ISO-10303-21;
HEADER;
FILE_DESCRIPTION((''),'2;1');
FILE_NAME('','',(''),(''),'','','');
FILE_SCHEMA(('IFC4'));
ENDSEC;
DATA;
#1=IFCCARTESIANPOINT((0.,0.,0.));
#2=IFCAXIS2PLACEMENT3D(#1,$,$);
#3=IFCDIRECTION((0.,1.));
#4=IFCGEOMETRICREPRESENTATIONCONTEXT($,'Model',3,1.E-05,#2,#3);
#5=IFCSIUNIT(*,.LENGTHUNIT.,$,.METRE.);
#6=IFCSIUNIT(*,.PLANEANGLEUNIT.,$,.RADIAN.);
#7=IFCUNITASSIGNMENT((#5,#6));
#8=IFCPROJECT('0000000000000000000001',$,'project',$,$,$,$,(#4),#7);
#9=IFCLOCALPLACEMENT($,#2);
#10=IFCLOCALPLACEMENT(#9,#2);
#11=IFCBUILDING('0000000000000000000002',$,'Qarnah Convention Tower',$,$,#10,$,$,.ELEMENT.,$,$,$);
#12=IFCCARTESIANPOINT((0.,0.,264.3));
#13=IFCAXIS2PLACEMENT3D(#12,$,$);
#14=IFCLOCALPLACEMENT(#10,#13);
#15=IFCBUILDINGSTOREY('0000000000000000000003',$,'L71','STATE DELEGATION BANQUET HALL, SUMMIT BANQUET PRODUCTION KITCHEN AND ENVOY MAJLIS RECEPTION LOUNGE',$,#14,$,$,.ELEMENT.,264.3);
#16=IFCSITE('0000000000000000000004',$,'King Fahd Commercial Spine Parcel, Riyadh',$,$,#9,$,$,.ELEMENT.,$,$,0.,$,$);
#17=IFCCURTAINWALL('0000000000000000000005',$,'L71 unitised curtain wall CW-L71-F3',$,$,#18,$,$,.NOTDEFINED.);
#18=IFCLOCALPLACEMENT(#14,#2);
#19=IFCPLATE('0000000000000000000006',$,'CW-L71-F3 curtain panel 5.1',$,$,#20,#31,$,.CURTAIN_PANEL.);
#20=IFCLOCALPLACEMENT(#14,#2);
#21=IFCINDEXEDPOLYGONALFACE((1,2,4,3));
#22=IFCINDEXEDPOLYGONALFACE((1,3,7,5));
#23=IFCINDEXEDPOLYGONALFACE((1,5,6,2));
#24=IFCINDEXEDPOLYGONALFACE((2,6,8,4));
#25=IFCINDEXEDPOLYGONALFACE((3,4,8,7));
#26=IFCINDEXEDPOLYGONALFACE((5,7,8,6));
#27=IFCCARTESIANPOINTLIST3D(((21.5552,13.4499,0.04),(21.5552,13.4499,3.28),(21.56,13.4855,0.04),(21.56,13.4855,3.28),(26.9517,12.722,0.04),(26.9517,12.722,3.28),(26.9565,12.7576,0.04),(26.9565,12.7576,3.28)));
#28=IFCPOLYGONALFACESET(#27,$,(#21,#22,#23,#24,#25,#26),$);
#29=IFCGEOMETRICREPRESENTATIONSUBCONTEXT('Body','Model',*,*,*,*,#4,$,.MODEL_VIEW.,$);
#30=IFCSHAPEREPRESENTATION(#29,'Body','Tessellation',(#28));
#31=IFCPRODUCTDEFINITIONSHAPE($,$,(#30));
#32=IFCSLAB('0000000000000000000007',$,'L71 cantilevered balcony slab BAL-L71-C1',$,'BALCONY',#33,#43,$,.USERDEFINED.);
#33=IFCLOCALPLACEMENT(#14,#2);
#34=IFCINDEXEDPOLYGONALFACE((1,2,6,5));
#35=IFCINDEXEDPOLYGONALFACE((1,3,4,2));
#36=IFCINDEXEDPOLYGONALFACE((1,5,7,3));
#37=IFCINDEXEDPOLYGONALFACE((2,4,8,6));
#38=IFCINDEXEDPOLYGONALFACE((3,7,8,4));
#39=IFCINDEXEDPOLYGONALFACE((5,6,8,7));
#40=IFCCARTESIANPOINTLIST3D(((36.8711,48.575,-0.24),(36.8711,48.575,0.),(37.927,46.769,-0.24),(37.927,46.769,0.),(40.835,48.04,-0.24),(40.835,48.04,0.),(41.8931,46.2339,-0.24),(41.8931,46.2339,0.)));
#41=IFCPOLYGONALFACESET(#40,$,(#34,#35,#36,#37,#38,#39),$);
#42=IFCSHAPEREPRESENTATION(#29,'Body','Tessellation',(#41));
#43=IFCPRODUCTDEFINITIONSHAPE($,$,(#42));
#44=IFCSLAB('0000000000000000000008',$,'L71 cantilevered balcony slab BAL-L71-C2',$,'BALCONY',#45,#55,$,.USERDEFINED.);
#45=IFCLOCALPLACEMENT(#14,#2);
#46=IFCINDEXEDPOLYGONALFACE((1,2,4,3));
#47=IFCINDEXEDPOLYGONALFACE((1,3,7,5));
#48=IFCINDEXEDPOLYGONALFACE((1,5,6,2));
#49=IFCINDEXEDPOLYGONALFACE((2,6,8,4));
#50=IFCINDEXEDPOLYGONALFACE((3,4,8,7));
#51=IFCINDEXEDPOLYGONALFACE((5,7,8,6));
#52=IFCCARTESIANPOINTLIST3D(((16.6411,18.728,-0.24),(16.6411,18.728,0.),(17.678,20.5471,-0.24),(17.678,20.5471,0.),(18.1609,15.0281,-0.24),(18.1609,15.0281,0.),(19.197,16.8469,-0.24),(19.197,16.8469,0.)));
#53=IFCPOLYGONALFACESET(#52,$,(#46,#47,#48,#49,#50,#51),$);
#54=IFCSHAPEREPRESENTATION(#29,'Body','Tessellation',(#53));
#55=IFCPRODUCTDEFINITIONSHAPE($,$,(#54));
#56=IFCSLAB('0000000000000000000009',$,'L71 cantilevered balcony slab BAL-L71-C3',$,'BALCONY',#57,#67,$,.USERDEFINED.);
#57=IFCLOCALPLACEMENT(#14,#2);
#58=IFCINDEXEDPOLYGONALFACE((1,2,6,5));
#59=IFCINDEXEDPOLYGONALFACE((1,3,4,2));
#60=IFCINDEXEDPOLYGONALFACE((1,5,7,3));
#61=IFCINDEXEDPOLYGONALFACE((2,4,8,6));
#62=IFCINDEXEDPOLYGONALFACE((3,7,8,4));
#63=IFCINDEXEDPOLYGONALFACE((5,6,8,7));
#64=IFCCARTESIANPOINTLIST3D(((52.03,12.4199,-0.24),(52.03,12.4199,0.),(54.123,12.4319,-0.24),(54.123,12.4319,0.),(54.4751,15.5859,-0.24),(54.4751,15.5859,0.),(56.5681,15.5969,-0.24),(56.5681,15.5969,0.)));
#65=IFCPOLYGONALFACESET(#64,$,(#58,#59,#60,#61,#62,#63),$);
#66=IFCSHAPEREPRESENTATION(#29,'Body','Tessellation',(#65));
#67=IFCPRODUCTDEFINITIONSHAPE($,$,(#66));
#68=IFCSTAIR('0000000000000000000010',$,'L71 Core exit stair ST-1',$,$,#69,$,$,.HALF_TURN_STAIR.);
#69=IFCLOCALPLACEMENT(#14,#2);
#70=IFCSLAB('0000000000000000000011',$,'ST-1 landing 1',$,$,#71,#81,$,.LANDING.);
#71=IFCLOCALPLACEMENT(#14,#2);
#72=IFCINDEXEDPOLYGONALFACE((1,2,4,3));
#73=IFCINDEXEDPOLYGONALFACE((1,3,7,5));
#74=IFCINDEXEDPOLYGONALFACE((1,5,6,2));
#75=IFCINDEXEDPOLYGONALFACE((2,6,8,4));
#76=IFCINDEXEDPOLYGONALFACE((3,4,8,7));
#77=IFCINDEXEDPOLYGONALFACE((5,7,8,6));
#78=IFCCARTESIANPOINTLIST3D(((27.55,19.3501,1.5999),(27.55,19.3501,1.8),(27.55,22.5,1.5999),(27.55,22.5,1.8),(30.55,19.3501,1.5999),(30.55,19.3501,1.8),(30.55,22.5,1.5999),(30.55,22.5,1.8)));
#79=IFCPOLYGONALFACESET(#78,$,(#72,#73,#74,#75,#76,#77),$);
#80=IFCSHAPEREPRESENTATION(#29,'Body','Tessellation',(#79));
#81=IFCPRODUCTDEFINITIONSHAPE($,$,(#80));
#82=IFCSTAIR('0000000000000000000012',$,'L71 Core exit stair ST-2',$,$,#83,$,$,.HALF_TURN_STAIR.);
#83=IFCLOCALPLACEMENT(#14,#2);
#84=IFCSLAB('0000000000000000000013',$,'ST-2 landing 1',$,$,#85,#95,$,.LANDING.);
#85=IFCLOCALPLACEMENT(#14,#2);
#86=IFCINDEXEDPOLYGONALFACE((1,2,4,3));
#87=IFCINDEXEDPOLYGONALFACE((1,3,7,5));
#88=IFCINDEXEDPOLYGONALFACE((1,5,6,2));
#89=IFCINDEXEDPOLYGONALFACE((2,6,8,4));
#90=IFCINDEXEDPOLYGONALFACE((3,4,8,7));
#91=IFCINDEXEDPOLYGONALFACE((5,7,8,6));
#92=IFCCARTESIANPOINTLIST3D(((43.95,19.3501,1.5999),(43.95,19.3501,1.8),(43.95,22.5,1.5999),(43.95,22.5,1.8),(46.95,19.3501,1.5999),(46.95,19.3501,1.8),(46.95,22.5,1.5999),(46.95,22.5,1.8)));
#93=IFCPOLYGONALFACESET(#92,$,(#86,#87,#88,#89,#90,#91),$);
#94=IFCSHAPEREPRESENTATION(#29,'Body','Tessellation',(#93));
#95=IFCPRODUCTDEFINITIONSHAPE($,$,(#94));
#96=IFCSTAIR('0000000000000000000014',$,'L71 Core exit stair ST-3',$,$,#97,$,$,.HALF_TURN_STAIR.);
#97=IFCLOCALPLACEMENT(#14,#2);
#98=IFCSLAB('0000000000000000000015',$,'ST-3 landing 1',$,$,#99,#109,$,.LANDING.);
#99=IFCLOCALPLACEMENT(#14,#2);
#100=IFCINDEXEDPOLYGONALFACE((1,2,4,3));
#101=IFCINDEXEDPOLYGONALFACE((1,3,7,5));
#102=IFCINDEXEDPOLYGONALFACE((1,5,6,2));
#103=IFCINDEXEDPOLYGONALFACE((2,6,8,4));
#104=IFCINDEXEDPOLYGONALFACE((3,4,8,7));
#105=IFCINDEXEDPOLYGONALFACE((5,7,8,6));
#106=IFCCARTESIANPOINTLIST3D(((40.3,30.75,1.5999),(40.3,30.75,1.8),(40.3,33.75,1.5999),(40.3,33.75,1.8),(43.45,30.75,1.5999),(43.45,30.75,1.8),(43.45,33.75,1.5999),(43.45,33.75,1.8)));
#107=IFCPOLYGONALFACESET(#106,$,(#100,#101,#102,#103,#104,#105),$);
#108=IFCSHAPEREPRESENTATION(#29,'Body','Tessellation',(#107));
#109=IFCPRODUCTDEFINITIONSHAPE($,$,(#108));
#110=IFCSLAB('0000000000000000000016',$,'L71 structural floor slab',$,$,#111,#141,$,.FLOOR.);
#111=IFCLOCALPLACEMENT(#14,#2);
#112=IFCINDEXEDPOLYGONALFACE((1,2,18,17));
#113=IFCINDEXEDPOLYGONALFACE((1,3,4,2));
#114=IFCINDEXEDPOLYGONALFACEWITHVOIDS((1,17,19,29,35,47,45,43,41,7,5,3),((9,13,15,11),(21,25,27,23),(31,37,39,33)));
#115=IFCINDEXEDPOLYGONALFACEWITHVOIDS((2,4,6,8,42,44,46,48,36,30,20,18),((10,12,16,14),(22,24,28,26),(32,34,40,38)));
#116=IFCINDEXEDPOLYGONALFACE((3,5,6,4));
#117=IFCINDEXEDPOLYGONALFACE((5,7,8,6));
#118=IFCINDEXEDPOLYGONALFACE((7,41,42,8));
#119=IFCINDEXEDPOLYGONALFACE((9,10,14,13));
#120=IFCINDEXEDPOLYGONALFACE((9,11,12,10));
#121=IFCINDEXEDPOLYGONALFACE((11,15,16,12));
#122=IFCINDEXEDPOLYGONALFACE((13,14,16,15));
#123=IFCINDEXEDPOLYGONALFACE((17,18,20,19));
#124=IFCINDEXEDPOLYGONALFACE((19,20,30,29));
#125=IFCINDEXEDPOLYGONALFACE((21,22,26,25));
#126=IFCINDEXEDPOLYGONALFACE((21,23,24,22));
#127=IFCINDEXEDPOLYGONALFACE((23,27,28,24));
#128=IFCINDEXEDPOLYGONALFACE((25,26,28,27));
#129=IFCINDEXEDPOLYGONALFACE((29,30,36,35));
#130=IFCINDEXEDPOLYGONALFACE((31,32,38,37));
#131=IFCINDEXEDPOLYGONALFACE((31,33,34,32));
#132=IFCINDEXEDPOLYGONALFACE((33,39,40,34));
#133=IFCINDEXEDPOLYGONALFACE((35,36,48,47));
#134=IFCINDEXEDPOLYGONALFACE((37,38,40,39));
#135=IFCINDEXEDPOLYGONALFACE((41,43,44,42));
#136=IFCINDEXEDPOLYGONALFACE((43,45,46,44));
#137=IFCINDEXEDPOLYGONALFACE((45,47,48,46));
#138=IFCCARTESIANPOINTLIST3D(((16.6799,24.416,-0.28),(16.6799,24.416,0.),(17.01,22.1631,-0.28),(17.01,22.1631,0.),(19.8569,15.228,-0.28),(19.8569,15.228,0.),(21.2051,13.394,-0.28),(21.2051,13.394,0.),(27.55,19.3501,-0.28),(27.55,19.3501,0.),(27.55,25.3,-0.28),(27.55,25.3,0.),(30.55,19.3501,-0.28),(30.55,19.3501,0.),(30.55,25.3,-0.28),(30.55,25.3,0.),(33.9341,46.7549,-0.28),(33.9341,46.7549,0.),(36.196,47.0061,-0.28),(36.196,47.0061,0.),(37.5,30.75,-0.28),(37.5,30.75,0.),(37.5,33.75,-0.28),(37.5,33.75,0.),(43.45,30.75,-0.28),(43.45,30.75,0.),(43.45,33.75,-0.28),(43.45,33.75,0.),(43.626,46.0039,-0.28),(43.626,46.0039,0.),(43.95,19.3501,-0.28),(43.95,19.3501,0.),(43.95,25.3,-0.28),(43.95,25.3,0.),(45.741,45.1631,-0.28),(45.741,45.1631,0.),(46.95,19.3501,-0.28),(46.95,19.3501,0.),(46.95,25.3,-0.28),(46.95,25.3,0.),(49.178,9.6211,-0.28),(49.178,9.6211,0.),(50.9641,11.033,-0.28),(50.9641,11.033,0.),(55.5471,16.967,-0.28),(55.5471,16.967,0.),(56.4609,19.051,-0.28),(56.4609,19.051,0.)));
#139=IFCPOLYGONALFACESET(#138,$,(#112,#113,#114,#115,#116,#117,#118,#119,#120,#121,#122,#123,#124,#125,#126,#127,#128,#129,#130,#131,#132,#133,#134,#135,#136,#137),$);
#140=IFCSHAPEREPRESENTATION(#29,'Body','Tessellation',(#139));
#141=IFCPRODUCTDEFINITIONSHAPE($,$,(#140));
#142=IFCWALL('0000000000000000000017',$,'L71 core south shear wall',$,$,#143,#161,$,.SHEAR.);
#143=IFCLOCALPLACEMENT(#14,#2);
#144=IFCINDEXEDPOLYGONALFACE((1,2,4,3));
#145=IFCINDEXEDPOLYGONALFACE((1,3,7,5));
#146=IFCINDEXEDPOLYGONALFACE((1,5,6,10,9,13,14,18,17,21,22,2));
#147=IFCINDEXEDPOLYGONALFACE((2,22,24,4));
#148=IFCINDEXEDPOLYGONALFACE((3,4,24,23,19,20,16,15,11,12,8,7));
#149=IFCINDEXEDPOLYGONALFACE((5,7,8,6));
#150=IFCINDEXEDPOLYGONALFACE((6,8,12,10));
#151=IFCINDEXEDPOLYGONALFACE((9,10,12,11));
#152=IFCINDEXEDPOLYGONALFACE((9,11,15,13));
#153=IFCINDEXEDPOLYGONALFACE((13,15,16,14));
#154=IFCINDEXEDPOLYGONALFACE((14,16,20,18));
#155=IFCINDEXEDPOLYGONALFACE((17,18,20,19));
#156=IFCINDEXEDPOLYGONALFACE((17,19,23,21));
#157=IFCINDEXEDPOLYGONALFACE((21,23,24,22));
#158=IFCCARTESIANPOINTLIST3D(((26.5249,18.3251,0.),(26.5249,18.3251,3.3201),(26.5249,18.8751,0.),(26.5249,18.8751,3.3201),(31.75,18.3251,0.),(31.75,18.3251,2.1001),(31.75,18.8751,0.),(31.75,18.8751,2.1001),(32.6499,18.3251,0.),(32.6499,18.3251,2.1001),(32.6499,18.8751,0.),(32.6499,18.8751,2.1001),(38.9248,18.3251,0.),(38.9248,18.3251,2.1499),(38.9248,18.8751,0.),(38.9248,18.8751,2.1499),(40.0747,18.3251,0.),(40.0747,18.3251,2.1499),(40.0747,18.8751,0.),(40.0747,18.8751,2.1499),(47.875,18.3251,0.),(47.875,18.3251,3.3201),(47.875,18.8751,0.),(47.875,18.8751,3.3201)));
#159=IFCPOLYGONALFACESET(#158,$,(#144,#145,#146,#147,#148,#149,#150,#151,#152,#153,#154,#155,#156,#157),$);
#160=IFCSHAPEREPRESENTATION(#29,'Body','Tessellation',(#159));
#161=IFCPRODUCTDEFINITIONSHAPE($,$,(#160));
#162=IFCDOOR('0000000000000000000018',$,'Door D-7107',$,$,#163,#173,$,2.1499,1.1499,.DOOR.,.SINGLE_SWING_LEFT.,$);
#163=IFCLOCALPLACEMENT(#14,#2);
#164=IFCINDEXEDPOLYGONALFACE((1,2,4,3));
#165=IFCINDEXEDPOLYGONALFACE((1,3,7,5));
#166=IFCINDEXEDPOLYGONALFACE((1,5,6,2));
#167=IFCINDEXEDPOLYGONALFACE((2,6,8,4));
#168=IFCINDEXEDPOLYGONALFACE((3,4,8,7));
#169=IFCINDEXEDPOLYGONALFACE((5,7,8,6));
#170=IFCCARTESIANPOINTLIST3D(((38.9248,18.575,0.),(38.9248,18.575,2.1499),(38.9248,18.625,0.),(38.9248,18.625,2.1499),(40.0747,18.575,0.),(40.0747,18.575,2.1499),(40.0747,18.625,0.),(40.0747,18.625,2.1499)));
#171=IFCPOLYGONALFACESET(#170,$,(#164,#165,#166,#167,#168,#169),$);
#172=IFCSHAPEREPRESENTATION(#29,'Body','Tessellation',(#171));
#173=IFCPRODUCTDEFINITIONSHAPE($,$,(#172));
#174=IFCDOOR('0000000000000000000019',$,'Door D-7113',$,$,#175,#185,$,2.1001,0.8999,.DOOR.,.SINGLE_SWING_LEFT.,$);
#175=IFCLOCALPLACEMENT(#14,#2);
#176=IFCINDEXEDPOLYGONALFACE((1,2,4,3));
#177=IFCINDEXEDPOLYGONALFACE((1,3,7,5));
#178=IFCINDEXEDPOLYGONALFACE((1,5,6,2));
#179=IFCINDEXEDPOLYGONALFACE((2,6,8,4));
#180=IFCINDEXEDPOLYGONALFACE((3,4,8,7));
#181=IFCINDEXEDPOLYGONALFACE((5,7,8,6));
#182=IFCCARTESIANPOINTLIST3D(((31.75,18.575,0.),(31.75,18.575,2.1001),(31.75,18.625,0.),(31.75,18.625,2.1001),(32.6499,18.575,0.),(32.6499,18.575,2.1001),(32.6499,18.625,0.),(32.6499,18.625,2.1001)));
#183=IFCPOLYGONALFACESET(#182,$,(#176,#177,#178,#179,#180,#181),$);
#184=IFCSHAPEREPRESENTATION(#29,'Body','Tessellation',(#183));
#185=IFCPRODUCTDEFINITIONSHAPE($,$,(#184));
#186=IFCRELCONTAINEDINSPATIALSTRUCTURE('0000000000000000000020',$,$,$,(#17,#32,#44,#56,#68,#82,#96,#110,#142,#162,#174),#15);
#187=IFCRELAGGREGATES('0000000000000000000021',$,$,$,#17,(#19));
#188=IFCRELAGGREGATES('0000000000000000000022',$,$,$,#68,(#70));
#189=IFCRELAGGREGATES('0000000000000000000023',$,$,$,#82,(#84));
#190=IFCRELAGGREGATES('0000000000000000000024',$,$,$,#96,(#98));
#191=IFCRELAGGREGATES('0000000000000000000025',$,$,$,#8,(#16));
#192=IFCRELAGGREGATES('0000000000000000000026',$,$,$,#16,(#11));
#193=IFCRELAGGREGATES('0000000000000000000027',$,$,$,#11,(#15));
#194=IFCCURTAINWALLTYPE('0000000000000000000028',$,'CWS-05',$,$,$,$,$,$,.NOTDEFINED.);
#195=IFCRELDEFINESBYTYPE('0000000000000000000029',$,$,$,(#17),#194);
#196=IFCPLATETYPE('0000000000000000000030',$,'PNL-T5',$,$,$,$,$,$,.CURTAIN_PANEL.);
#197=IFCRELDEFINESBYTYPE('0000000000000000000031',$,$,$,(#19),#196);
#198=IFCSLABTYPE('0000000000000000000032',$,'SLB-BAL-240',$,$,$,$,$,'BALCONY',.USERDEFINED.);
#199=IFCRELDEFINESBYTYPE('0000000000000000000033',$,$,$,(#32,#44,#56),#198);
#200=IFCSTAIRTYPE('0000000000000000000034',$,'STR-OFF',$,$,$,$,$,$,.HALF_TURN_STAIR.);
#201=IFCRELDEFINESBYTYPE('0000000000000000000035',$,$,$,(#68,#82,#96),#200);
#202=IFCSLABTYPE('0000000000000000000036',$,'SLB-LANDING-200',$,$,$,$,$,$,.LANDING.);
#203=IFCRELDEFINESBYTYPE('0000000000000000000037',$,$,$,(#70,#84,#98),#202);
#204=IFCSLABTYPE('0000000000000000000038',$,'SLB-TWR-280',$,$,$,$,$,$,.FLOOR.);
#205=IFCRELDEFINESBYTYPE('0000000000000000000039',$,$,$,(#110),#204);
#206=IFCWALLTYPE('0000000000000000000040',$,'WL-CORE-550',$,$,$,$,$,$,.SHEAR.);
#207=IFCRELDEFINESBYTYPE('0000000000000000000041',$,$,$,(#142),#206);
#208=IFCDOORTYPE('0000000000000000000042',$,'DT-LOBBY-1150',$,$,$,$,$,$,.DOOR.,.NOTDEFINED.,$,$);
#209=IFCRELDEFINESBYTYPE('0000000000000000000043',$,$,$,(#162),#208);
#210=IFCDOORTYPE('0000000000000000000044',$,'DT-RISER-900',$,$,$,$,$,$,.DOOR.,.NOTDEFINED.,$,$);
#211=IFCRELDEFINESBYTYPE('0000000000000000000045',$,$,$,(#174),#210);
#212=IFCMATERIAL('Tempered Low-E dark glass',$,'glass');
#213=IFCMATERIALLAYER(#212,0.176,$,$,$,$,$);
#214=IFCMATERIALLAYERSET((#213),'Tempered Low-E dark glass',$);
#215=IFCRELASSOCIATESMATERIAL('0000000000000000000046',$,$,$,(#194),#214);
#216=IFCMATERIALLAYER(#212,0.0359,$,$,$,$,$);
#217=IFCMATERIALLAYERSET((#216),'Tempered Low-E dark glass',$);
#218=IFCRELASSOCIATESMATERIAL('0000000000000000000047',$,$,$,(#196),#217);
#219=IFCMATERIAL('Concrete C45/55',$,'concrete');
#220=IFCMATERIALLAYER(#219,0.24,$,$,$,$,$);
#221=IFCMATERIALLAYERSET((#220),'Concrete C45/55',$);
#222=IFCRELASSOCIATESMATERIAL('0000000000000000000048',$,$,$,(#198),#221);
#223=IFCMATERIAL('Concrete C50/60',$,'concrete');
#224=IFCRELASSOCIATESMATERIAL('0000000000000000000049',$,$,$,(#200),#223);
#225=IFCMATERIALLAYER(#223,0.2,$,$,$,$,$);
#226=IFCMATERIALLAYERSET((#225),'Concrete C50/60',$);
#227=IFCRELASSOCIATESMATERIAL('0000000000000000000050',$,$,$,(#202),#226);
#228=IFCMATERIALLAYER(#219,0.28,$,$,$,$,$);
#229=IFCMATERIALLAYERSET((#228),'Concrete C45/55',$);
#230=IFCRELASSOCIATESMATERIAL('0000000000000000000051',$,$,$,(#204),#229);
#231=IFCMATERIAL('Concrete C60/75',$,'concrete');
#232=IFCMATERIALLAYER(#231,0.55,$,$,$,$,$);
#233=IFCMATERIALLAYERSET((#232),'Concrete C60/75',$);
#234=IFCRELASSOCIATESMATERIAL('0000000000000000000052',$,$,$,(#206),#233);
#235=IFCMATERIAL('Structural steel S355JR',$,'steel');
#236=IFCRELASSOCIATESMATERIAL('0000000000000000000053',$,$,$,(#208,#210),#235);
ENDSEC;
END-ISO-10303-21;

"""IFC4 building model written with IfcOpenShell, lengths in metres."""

from ifc_helpers import new_model, si_unit, direction, frame, frame_2d, origin, origin_2d, place, context, subcontext, project, spatial, polyline, rectangle, outline, extrude, material, layer, layer_set, type_object, element, fill, aggregate, save


model = new_model("IFC4")

# Units and contexts
model_context = context("Model", 3, precision=1e-05, world=origin(), true_north=direction((0.0, 1.0)))
body_context = subcontext(model_context, "Body", "Model", "MODEL_VIEW")
ifc_project = project(units=[si_unit("LENGTHUNIT", "METRE"), si_unit("PLANEANGLEUNIT", "RADIAN")], contexts=[model_context])

# Site, building, storey
site_placement = place(None, origin())
site = spatial("IfcSite", under=ifc_project, at=site_placement, Name="King Fahd Commercial Spine Parcel, Riyadh", CompositionType="ELEMENT", RefElevation=0.0)
building_placement = place(site_placement, origin())
building = spatial("IfcBuilding", under=site, at=building_placement, Name="Qarnah Convention Tower", CompositionType="ELEMENT")
storey_placement = place(building_placement, frame((0.0, 0.0, 264.3)))
storey = spatial("IfcBuildingStorey", under=building, at=storey_placement, Name="L71", Description="STATE DELEGATION BANQUET HALL, SUMMIT BANQUET PRODUCTION KITCHEN AND ENVOY MAJLIS RECEPTION LOUNGE", CompositionType="ELEMENT", Elevation=264.3)

# Shared definitions
ifc_material_1 = material(Name="Concrete C50/60", Category="concrete")

# Shared definitions
ifc_material_2 = material(Name="Structural steel S355JR", Category="steel")

# Shared definitions
ifc_material_3 = material(Name="Tempered Low-E dark glass", Category="glass")
ifc_layer_1 = layer(ifc_material_3, 0.176)
ifc_layer_set_1 = layer_set([ifc_layer_1], Name="Tempered Low-E dark glass")
curtain_wall_type = type_object("IfcCurtainWallType", Name="CWS-05", PredefinedType="NOTDEFINED", material=ifc_layer_set_1)

# Curtain wall
curtain_wall_1_placement = place(storey_placement, origin())
curtain_wall_1 = element("IfcCurtainWall", 1, at=curtain_wall_1_placement, inside=storey, type_object=curtain_wall_type, Name="L71 unitised curtain wall CW-L71-F3", PredefinedType="NOTDEFINED")

# Plate
ifc_layer_2 = layer(ifc_material_3, 0.0359)
ifc_layer_set_2 = layer_set([ifc_layer_2], Name="Tempered Low-E dark glass")
plate_type = type_object("IfcPlateType", Name="PNL-T5", PredefinedType="CURTAIN_PANEL", material=ifc_layer_set_2)
plate_placement = place(storey_placement, frame((24.2559, 13.1038, 0.04), z_axis=(0.0, 0.0, 1.0), x_axis=(-0.991025, 0.133674, 0.0)))
plate = element("IfcPlate", 2, at=plate_placement, type_object=plate_type, Name="CW-L71-F3 curtain panel 5.1", PredefinedType="CURTAIN_PANEL", context=body_context, shape_type="SweptSolid", body=[
    extrude(rectangle(XDim=5.4453, YDim=0.0359, at=origin_2d()), origin(), (0.0, 0.0, 1.0), 3.24),
])
aggregate(curtain_wall_1, [plate])

# Slabs
ifc_material_4 = material(Name="Concrete C45/55", Category="concrete")
ifc_layer_3 = layer(ifc_material_4, 0.24)
ifc_layer_set_3 = layer_set([ifc_layer_3], Name="Concrete C45/55")
slab_type_1 = type_object("IfcSlabType", Name="SLB-BAL-240", ElementType="BALCONY", PredefinedType="USERDEFINED", material=ifc_layer_set_3)
slab_1_placement = place(storey_placement, frame((0.0, 0.0, -0.24)))
element("IfcSlab", 3, at=slab_1_placement, inside=storey, type_object=slab_type_1, Name="L71 cantilevered balcony slab BAL-L71-C1", ObjectType="BALCONY", PredefinedType="USERDEFINED", context=body_context, shape_type="SweptSolid", body=[
    extrude(outline(polyline([(36.8711, 48.575), (40.835, 48.04), (41.8931, 46.2339), (37.927, 46.769), (36.8711, 48.575)])), origin(), (0.0, 0.0, 1.0), 0.24),
])
slab_2_placement = place(storey_placement, frame((0.0, 0.0, -0.24)))
element("IfcSlab", 4, at=slab_2_placement, inside=storey, type_object=slab_type_1, Name="L71 cantilevered balcony slab BAL-L71-C2", ObjectType="BALCONY", PredefinedType="USERDEFINED", context=body_context, shape_type="SweptSolid", body=[
    extrude(outline(polyline([(18.1609, 15.0281), (16.6411, 18.728), (17.678, 20.5471), (19.197, 16.8469), (18.1609, 15.0281)])), origin(), (0.0, 0.0, 1.0), 0.24),
])
slab_3_placement = place(storey_placement, frame((0.0, 0.0, -0.24)))
element("IfcSlab", 5, at=slab_3_placement, inside=storey, type_object=slab_type_1, Name="L71 cantilevered balcony slab BAL-L71-C3", ObjectType="BALCONY", PredefinedType="USERDEFINED", context=body_context, shape_type="SweptSolid", body=[
    extrude(outline(polyline([(56.5681, 15.5969), (54.123, 12.4319), (52.03, 12.4199), (54.4751, 15.5859), (56.5681, 15.5969)])), origin(), (0.0, 0.0, 1.0), 0.24),
])

# Stairs, slabs
stair_type = type_object("IfcStairType", Name="STR-OFF", PredefinedType="HALF_TURN_STAIR", material=ifc_material_1)
stair_1_placement = place(storey_placement, origin())
stair_1 = element("IfcStair", 6, at=stair_1_placement, inside=storey, type_object=stair_type, Name="L71 Core exit stair ST-1", PredefinedType="HALF_TURN_STAIR")
ifc_layer_4 = layer(ifc_material_1, 0.2)
ifc_layer_set_4 = layer_set([ifc_layer_4], Name="Concrete C50/60")
slab_type_2 = type_object("IfcSlabType", Name="SLB-LANDING-200", PredefinedType="LANDING", material=ifc_layer_set_4)
slab_4_placement = place(storey_placement, frame((0.0, 0.0, 1.5999)))
slab_4 = element("IfcSlab", 7, at=slab_4_placement, type_object=slab_type_2, Name="ST-1 landing 1", PredefinedType="LANDING", context=body_context, shape_type="SweptSolid", body=[
    extrude(outline(polyline([(27.55, 22.5), (27.55, 19.3501), (30.55, 19.3501), (30.55, 22.5), (27.55, 22.5)])), origin(), (0.0, 0.0, 1.0), 0.2002),
])
aggregate(stair_1, [slab_4])
stair_2_placement = place(storey_placement, origin())
stair_2 = element("IfcStair", 8, at=stair_2_placement, inside=storey, type_object=stair_type, Name="L71 Core exit stair ST-2", PredefinedType="HALF_TURN_STAIR")
slab_5_placement = place(storey_placement, frame((0.0, 0.0, 1.5999)))
slab_5 = element("IfcSlab", 9, at=slab_5_placement, type_object=slab_type_2, Name="ST-2 landing 1", PredefinedType="LANDING", context=body_context, shape_type="SweptSolid", body=[
    extrude(outline(polyline([(43.95, 22.5), (43.95, 19.3501), (46.95, 19.3501), (46.95, 22.5), (43.95, 22.5)])), origin(), (0.0, 0.0, 1.0), 0.2002),
])
aggregate(stair_2, [slab_5])
stair_3_placement = place(storey_placement, origin())
stair_3 = element("IfcStair", 10, at=stair_3_placement, inside=storey, type_object=stair_type, Name="L71 Core exit stair ST-3", PredefinedType="HALF_TURN_STAIR")
slab_6_placement = place(storey_placement, frame((0.0, 0.0, 1.5999)))
slab_6 = element("IfcSlab", 11, at=slab_6_placement, type_object=slab_type_2, Name="ST-3 landing 1", PredefinedType="LANDING", context=body_context, shape_type="SweptSolid", body=[
    extrude(outline(polyline([(40.3, 30.75), (43.45, 30.75), (43.45, 33.75), (40.3, 33.75), (40.3, 30.75)])), origin(), (0.0, 0.0, 1.0), 0.2002),
])
aggregate(stair_3, [slab_6])

# Slab
ifc_layer_5 = layer(ifc_material_4, 0.28)
ifc_layer_set_5 = layer_set([ifc_layer_5], Name="Concrete C45/55")
slab_type_3 = type_object("IfcSlabType", Name="SLB-TWR-280", PredefinedType="FLOOR", material=ifc_layer_set_5)
slab_7_placement = place(storey_placement, frame((0.0, 0.0, -0.28)))
element("IfcSlab", 12, at=slab_7_placement, inside=storey, type_object=slab_type_3, Name="L71 structural floor slab", PredefinedType="FLOOR", context=body_context, shape_type="SweptSolid", body=[
    extrude(outline(polyline([(33.9341, 46.7549), (16.6799, 24.416), (17.01, 22.1631), (19.8569, 15.228), (21.2051, 13.394), (49.178, 9.6211), (50.9641, 11.033), (55.5471, 16.967), (56.4609, 19.051), (45.741, 45.1631), (43.626, 46.0039), (36.196, 47.0061), (33.9341, 46.7549)]), holes=[polyline([(27.55, 25.3), (27.55, 19.3501), (30.55, 19.3501), (30.55, 25.3), (27.55, 25.3)]), polyline([(43.95, 25.3), (43.95, 19.3501), (46.95, 19.3501), (46.95, 25.3), (43.95, 25.3)]), polyline([(37.5, 30.75), (43.45, 30.75), (43.45, 33.75), (37.5, 33.75), (37.5, 30.75)])]), origin(), (0.0, 0.0, 1.0), 0.28),
])

# Wall, openings, doors
ifc_material_5 = material(Name="Concrete C60/75", Category="concrete")
ifc_layer_6 = layer(ifc_material_5, 0.55)
ifc_layer_set_6 = layer_set([ifc_layer_6], Name="Concrete C60/75")
wall_type_1 = type_object("IfcWallType", Name="WL-CORE-550", PredefinedType="SHEAR", material=ifc_layer_set_6)
wall_1_placement = place(storey_placement, frame((26.5249, 18.6001, 0.0), z_axis=(0.0, 0.0, 1.0), x_axis=(1.0, 0.0, 0.0)))
wall_1 = element("IfcWall", 13, at=wall_1_placement, inside=storey, type_object=wall_type_1, Name="L71 core south shear wall", PredefinedType="SHEAR", context=body_context, shape_type="SweptSolid", body=[
    extrude(rectangle(XDim=21.3501, YDim=0.55, at=frame_2d((10.675, 0.0))), origin(), (0.0, 0.0, 1.0), 3.3201),
])
opening_1_placement = place(wall_1_placement, frame((12.3999, 0.0, 0.0)))
opening_1 = element("IfcOpeningElement", 14, at=opening_1_placement, cuts=wall_1, PredefinedType="OPENING", context=body_context, shape_type="SweptSolid", body=[
    extrude(rectangle(XDim=1.1499, YDim=2.1499, at=frame_2d((0.575, 1.075))), frame((0.0, 0.2849, 0.0), z_axis=(0.0, -1.0, 0.0), x_axis=(1.0, 0.0, 0.0)), (0.0, 0.0, 1.0), 0.5701),
])
opening_2_placement = place(wall_1_placement, frame((5.2251, 0.0, 0.0)))
opening_2 = element("IfcOpeningElement", 15, at=opening_2_placement, cuts=wall_1, PredefinedType="OPENING", context=body_context, shape_type="SweptSolid", body=[
    extrude(rectangle(XDim=0.8999, YDim=2.1001, at=frame_2d((0.45, 1.05))), frame((0.0, 0.2849, 0.0), z_axis=(0.0, -1.0, 0.0), x_axis=(1.0, 0.0, 0.0)), (0.0, 0.0, 1.0), 0.5701),
])
door_type_1 = type_object("IfcDoorType", Name="DT-LOBBY-1150", OperationType="NOTDEFINED", PredefinedType="DOOR", material=ifc_material_2)
door_1_placement = place(opening_1_placement, origin())
door_1 = element("IfcDoor", 16, at=door_1_placement, inside=storey, type_object=door_type_1, Name="Door D-7107", OperationType="SINGLE_SWING_LEFT", OverallHeight=2.1499, OverallWidth=1.1499, PredefinedType="DOOR", context=body_context, shape_type="SweptSolid", body=[
    extrude(rectangle(XDim=1.1499, YDim=2.1499, at=frame_2d((0.575, 1.075))), frame((0.0, 0.0249, 0.0), z_axis=(0.0, -1.0, 0.0), x_axis=(1.0, 0.0, 0.0)), (0.0, 0.0, 1.0), 0.05),
])
fill(opening_1, door_1)
door_type_2 = type_object("IfcDoorType", Name="DT-RISER-900", OperationType="NOTDEFINED", PredefinedType="DOOR", material=ifc_material_2)
door_2_placement = place(opening_2_placement, origin())
door_2 = element("IfcDoor", 17, at=door_2_placement, inside=storey, type_object=door_type_2, Name="Door D-7113", OperationType="SINGLE_SWING_LEFT", OverallHeight=2.1001, OverallWidth=0.8999, PredefinedType="DOOR", context=body_context, shape_type="SweptSolid", body=[
    extrude(rectangle(XDim=0.8999, YDim=2.1001, at=frame_2d((0.45, 1.05))), frame((0.0, 0.0249, 0.0), z_axis=(0.0, -1.0, 0.0), x_axis=(1.0, 0.0, 0.0)), (0.0, 0.0, 1.0), 0.05),
])
fill(opening_2, door_2)

save(model, "model.ifc")
